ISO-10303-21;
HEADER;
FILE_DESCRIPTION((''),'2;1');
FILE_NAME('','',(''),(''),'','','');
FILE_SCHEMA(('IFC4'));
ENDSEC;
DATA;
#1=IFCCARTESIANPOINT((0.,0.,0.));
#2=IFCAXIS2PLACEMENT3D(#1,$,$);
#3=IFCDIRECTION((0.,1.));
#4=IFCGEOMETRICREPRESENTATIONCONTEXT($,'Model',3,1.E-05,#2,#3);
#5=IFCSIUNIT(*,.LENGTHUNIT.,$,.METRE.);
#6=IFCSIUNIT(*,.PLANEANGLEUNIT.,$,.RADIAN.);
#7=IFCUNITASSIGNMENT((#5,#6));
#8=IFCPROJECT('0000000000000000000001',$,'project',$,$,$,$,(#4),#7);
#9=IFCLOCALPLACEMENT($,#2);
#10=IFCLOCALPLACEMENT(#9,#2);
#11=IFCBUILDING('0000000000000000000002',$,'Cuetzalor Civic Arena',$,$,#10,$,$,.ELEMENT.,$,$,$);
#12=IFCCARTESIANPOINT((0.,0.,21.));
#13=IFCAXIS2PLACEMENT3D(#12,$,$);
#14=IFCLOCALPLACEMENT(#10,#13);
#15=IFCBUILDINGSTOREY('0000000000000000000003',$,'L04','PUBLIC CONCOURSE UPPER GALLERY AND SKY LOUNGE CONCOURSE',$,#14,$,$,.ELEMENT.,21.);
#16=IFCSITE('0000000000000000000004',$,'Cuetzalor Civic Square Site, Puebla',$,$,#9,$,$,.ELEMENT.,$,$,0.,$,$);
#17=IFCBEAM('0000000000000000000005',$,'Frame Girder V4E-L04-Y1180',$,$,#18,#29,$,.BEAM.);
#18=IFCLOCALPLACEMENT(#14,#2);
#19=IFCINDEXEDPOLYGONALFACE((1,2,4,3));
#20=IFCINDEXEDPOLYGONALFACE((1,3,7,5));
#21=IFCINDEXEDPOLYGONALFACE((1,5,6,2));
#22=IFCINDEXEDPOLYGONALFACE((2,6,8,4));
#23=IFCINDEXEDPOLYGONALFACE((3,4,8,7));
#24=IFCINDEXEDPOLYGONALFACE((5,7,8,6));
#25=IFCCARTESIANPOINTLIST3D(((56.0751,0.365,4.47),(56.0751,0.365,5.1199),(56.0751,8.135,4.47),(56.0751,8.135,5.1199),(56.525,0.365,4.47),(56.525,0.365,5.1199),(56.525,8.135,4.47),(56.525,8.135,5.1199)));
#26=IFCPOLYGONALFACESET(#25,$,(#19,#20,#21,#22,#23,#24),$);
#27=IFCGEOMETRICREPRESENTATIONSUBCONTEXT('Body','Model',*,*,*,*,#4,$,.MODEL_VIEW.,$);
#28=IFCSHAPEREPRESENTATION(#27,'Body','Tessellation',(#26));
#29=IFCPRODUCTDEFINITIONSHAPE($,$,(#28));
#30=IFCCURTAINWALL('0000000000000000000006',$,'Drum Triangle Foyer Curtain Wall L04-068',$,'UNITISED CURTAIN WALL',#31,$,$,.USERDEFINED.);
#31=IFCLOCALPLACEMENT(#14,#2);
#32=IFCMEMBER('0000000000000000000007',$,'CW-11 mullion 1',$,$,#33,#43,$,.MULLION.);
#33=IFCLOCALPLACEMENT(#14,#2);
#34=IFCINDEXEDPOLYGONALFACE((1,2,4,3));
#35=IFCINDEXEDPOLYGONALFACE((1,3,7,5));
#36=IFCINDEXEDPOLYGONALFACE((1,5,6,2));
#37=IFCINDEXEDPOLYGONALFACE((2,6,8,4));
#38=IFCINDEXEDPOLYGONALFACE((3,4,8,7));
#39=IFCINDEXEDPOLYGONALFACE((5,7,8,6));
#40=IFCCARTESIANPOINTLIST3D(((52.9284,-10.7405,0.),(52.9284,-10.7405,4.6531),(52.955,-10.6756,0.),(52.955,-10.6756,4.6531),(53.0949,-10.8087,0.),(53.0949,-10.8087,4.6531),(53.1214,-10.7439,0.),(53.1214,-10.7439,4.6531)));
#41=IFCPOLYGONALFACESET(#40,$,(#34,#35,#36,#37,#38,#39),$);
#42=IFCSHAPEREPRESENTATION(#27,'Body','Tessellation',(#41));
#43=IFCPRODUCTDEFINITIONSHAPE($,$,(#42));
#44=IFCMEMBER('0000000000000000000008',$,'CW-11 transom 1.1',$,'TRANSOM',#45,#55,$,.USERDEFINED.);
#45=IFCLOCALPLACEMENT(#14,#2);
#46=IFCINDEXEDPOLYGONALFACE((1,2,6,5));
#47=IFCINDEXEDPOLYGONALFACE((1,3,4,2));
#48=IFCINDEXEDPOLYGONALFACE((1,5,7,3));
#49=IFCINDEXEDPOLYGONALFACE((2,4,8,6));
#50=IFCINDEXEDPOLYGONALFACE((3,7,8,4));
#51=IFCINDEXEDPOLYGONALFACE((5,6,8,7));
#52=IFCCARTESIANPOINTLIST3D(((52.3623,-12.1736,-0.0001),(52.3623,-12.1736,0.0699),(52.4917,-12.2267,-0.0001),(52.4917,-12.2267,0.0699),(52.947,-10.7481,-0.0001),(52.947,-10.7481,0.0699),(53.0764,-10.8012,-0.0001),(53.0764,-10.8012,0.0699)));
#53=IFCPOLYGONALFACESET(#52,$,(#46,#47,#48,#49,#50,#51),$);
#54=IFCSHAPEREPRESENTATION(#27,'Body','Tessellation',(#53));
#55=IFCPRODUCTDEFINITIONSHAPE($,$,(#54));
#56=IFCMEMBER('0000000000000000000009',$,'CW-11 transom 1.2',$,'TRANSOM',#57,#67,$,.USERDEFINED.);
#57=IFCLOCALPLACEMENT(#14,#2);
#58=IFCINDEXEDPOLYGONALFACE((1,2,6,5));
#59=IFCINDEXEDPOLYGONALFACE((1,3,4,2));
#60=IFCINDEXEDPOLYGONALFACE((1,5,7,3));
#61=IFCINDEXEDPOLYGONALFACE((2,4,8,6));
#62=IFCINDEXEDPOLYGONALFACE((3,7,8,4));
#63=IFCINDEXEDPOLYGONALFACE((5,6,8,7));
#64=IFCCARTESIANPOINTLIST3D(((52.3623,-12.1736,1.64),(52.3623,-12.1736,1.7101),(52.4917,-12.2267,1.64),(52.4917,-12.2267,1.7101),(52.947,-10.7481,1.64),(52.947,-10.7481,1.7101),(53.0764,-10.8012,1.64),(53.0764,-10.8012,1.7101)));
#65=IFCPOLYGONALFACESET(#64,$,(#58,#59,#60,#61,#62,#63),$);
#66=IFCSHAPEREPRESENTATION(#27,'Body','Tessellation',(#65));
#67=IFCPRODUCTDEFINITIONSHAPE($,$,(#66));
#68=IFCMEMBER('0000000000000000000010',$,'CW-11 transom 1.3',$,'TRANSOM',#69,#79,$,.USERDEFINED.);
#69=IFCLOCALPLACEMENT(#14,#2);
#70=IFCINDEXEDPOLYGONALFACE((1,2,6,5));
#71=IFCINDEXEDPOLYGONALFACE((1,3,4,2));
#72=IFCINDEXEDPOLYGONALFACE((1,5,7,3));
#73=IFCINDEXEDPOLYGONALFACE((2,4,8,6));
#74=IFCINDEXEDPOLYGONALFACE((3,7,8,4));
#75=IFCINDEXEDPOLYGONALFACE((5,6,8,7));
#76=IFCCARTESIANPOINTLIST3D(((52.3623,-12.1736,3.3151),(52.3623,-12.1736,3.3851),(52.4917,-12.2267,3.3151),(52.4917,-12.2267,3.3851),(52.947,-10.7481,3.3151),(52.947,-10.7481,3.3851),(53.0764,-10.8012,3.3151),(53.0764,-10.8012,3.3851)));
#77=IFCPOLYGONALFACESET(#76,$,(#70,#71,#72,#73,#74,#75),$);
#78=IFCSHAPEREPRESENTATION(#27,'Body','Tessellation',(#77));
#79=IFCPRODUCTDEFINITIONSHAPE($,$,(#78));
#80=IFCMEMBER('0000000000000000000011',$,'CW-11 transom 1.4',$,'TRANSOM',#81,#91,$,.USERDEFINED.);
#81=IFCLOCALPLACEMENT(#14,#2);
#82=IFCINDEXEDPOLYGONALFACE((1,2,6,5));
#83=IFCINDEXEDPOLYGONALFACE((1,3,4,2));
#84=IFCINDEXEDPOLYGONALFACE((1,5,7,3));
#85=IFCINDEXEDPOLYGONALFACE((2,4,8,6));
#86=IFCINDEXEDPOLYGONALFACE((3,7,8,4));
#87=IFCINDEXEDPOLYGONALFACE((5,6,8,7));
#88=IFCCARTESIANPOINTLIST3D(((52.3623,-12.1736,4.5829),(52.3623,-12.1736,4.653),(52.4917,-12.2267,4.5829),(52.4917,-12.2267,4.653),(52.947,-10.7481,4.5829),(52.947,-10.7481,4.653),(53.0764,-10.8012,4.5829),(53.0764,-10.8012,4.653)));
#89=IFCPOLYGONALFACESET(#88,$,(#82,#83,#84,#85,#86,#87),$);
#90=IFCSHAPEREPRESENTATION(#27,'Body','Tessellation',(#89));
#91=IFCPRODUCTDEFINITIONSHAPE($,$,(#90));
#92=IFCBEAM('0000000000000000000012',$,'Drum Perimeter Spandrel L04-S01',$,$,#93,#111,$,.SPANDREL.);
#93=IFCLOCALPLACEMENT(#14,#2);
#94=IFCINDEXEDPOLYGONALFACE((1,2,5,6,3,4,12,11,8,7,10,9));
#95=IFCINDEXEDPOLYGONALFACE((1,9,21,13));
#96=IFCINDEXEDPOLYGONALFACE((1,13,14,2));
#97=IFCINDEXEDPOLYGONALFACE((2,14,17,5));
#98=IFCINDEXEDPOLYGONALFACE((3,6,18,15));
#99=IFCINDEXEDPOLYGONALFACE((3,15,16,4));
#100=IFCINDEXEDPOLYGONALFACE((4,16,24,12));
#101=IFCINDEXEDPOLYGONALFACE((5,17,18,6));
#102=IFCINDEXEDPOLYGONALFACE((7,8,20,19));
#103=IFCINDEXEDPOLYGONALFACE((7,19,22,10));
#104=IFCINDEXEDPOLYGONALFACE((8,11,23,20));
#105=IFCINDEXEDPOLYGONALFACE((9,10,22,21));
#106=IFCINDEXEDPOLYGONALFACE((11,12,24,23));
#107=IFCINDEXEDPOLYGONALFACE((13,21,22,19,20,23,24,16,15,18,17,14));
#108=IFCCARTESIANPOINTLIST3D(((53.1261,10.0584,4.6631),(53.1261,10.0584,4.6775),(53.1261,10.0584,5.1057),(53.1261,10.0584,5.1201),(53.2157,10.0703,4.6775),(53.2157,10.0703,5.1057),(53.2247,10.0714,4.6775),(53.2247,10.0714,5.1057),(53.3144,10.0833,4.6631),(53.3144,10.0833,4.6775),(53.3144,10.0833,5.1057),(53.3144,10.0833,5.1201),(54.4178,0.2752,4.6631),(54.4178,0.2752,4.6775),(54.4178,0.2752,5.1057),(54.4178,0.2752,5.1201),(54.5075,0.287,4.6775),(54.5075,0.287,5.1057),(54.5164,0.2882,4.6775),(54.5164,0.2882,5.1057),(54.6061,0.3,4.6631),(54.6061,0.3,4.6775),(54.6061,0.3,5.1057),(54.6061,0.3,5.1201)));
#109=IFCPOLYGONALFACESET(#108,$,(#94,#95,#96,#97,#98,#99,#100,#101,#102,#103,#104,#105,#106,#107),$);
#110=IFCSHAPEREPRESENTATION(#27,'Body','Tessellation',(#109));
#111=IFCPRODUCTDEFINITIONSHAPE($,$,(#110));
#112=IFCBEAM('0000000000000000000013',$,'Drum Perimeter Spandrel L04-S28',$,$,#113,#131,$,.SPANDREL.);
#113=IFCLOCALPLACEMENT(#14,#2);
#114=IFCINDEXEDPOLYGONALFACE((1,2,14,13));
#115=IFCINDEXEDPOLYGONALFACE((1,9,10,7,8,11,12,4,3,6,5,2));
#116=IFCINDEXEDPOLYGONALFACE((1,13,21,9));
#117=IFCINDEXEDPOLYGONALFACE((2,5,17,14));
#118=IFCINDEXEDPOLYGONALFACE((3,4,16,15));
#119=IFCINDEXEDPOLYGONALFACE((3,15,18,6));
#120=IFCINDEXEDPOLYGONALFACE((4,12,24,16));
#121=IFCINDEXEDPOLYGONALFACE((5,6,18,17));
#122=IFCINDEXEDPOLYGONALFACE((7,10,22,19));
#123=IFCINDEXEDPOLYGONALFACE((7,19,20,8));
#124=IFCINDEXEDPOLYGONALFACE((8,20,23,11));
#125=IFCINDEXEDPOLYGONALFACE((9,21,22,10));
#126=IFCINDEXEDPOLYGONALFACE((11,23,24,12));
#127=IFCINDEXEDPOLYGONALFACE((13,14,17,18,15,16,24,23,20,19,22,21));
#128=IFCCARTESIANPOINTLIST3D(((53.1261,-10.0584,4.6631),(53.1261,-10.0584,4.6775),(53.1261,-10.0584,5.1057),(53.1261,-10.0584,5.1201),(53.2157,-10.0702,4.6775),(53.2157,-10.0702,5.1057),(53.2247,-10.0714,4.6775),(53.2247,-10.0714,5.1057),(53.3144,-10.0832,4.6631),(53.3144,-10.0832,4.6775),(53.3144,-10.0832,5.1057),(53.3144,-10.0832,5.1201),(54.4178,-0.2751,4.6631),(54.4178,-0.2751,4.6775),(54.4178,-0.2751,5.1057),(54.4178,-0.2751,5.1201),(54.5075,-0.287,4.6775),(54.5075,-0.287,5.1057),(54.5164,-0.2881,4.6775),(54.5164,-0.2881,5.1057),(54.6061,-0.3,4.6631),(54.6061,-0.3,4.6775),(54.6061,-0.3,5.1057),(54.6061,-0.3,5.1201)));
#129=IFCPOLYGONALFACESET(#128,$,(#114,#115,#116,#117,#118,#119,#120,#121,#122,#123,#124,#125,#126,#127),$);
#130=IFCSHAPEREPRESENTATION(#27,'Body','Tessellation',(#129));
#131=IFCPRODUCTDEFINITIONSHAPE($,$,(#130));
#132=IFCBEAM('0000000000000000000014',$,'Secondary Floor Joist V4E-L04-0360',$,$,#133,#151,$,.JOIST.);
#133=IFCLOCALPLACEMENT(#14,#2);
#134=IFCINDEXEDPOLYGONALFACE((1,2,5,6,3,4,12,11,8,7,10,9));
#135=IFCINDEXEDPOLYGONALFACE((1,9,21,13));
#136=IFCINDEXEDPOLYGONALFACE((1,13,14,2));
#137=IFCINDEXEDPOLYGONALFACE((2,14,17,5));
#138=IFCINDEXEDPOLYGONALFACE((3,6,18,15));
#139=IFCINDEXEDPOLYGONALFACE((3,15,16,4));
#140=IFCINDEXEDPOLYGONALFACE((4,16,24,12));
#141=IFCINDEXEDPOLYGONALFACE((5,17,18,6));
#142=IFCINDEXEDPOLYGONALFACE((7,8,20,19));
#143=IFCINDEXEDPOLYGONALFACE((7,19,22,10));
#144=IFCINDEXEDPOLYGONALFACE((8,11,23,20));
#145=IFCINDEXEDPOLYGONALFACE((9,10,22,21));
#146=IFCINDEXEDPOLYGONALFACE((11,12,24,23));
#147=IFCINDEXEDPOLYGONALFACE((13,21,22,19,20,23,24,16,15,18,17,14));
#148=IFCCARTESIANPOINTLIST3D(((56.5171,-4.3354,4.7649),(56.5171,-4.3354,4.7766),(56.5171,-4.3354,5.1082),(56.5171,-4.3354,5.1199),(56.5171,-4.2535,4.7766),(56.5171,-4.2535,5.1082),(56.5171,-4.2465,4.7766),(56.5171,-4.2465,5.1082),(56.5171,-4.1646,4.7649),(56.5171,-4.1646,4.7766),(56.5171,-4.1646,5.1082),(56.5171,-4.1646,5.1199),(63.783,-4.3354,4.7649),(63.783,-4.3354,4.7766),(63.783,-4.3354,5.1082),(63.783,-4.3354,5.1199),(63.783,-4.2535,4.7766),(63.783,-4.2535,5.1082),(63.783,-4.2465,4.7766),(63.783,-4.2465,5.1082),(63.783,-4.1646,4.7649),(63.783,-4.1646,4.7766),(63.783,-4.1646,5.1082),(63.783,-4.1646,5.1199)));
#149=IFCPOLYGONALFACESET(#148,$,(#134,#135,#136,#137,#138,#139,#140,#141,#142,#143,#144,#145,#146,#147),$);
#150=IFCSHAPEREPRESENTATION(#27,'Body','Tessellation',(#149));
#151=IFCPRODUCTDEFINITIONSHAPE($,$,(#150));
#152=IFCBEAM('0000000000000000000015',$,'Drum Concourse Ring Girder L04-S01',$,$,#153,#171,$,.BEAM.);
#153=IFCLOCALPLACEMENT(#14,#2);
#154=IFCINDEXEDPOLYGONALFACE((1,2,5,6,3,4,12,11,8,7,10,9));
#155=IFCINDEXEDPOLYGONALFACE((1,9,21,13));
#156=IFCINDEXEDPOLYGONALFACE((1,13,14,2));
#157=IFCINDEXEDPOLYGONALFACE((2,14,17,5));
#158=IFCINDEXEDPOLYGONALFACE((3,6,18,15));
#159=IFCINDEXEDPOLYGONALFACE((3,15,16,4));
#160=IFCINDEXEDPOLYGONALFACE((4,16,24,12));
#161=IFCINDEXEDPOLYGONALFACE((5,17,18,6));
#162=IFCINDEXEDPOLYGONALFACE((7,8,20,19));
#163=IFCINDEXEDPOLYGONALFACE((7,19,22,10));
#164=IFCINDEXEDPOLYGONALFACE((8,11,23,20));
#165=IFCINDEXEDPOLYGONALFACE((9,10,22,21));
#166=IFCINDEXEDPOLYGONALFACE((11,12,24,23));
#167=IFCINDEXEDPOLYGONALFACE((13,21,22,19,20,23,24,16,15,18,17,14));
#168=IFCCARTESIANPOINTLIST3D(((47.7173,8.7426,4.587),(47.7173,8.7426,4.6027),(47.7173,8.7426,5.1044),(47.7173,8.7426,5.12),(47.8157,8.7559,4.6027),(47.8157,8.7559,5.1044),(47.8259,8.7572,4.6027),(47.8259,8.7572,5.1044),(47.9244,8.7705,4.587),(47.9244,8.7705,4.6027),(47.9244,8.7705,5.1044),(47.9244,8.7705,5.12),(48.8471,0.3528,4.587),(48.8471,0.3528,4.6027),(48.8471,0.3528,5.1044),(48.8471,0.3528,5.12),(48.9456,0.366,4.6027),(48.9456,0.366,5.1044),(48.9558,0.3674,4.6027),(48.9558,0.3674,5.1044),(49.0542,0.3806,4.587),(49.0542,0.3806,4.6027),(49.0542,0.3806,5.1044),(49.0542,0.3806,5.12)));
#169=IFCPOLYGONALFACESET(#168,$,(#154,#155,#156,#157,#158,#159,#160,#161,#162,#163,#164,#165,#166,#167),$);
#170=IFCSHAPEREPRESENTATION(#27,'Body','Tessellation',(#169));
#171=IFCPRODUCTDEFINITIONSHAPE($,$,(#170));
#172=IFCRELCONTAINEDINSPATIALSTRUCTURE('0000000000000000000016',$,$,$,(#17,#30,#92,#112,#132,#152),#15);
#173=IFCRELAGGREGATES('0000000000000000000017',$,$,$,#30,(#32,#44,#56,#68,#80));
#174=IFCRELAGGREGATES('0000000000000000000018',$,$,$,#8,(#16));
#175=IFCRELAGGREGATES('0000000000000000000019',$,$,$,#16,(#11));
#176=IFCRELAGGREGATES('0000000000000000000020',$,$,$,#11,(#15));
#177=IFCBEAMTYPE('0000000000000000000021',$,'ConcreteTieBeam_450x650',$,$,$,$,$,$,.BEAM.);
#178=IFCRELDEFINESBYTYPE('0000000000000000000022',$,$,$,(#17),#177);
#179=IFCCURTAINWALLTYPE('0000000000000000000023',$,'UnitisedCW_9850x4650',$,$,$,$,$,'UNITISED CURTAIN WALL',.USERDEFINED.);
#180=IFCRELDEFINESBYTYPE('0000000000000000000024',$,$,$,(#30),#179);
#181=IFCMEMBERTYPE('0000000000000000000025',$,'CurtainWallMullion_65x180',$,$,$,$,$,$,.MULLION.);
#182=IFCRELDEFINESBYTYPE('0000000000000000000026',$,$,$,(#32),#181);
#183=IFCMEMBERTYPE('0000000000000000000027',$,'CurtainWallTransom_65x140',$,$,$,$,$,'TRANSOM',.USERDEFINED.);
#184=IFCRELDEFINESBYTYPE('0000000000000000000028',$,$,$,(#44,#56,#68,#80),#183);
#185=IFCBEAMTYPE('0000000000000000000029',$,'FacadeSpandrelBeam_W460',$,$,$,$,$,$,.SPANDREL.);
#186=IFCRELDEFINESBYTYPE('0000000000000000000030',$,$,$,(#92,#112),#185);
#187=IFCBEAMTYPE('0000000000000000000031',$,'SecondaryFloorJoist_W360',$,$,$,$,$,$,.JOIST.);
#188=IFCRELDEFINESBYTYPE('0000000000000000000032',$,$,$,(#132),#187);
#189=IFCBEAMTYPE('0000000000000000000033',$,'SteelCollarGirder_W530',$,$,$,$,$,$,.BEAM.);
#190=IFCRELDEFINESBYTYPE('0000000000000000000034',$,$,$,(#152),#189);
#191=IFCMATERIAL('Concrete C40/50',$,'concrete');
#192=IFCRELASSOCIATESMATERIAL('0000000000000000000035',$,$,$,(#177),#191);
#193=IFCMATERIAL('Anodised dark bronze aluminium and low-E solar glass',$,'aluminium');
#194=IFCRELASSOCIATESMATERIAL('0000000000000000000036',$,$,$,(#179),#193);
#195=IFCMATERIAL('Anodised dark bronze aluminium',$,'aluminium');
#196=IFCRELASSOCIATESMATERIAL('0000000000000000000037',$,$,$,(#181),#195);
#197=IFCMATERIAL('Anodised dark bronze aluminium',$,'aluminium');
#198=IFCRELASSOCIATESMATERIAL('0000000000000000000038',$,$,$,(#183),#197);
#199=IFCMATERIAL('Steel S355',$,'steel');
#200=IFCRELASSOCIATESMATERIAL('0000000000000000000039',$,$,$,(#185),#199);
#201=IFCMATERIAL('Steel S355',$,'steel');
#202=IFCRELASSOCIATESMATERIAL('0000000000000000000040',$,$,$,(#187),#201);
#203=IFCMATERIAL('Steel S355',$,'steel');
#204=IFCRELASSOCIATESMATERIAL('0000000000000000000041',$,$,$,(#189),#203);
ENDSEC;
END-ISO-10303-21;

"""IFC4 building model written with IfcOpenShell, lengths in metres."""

from ifc_helpers import new_model, si_unit, direction, frame, origin, origin_2d, place, context, subcontext, project, spatial, rectangle, i_section, extrude, material, material_profile, profile_set, type_object, element, aggregate, save


model = new_model("IFC4")

# Units and contexts
model_context = context("Model", 3, precision=1e-05, world=origin(), true_north=direction((0.0, 1.0)))
body_context = subcontext(model_context, "Body", "Model", "MODEL_VIEW")
ifc_project = project(units=[si_unit("LENGTHUNIT", "METRE"), si_unit("PLANEANGLEUNIT", "RADIAN")], contexts=[model_context])

# Site, building, storey
site_placement = place(None, origin())
site = spatial("IfcSite", under=ifc_project, at=site_placement, Name="Cuetzalor Civic Square Site, Puebla", CompositionType="ELEMENT", RefElevation=0.0)
building_placement = place(site_placement, origin())
building = spatial("IfcBuilding", under=site, at=building_placement, Name="Cuetzalor Civic Arena", CompositionType="ELEMENT")
storey_placement = place(building_placement, frame((0.0, 0.0, 21.0)))
storey = spatial("IfcBuildingStorey", under=building, at=storey_placement, Name="L04", Description="PUBLIC CONCOURSE UPPER GALLERY AND SKY LOUNGE CONCOURSE", CompositionType="ELEMENT", Elevation=21.0)

# Beam
ifc_material_1 = material(Name="Concrete C40/50", Category="concrete")
ifc_material_profile_1 = material_profile(ifc_material_1, rectangle(XDim=0.45, YDim=0.6499, at=origin_2d()), Name="RC 450x650")
ifc_profile_set_1 = profile_set([ifc_material_profile_1], Name="Concrete C40/50")
beam_type_1 = type_object("IfcBeamType", Name="ConcreteTieBeam_450x650", PredefinedType="BEAM", material=ifc_profile_set_1)
for number, where, z_axis, x_axis, name in (
    (1, (56.3, 0.365, 4.7949), (0.0, 1.0, 0.0), (-1.0, 0.0, 0.0), "Frame Girder V4E-L04-Y1180"),
):
    element("IfcBeam", number, at=place(storey_placement, frame(where, z_axis=z_axis, x_axis=x_axis)), inside=storey, type_object=beam_type_1, Name=name, PredefinedType="BEAM", context=body_context, shape_type="SweptSolid", body=[
        extrude(rectangle(XDim=0.45, YDim=0.6499, at=origin_2d()), origin(), (0.0, 0.0, 1.0), 7.77),
    ])

# Curtain wall, members
ifc_material_2 = material(Name="Anodised dark bronze aluminium and low-E solar glass", Category="aluminium")
curtain_wall_type = type_object("IfcCurtainWallType", Name="UnitisedCW_9850x4650", ElementType="UNITISED CURTAIN WALL", PredefinedType="USERDEFINED", material=ifc_material_2)
curtain_wall_placement = place(storey_placement, origin())
curtain_wall = element("IfcCurtainWall", 2, at=curtain_wall_placement, inside=storey, type_object=curtain_wall_type, Name="Drum Triangle Foyer Curtain Wall L04-068", ObjectType="UNITISED CURTAIN WALL", PredefinedType="USERDEFINED")
ifc_material_3 = material(Name="Anodised dark bronze aluminium", Category="aluminium")
ifc_material_profile_2 = material_profile(ifc_material_3, rectangle(XDim=0.0701, YDim=0.1799, at=origin_2d()), Name="ALU MULLION 70x180")
ifc_profile_set_2 = profile_set([ifc_material_profile_2], Name="Anodised dark bronze aluminium")
member_type_1 = type_object("IfcMemberType", Name="CurtainWallMullion_65x180", PredefinedType="MULLION", material=ifc_profile_set_2)
member_1_placement = place(storey_placement, frame((53.0249, -10.7422, 0.0), z_axis=(0.0, 0.0, 1.0), x_axis=(-0.379391, -0.925236, 0.0)))
member_1 = element("IfcMember", 3, at=member_1_placement, type_object=member_type_1, Name="CW-11 mullion 1", PredefinedType="MULLION", context=body_context, shape_type="SweptSolid", body=[
    extrude(rectangle(XDim=0.0701, YDim=0.1799, at=origin_2d()), origin(), (0.0, 0.0, 1.0), 4.6531),
])
ifc_material_4 = material(Name="Anodised dark bronze aluminium", Category="aluminium")
ifc_material_profile_3 = material_profile(ifc_material_4, rectangle(XDim=0.1399, YDim=0.0701, at=origin_2d()), Name="ALU TRANSOM 70x140")
ifc_profile_set_3 = profile_set([ifc_material_profile_3], Name="Anodised dark bronze aluminium")
member_type_2 = type_object("IfcMemberType", Name="CurtainWallTransom_65x140", ElementType="TRANSOM", PredefinedType="USERDEFINED", material=ifc_profile_set_3)
member_2_placement = place(storey_placement, frame((53.0117, -10.7747, 0.0349), z_axis=(-0.37949, -0.925196, 0.0), x_axis=(0.925196, -0.37949, 0.0)))
member_2 = element("IfcMember", 4, at=member_2_placement, type_object=member_type_2, Name="CW-11 transom 1.1", ObjectType="TRANSOM", PredefinedType="USERDEFINED", context=body_context, shape_type="SweptSolid", body=[
    extrude(rectangle(XDim=0.1399, YDim=0.0701, at=origin_2d()), origin(), (0.0, 0.0, 1.0), 1.5408),
])
member_3_placement = place(storey_placement, frame((53.0117, -10.7747, 1.675), z_axis=(-0.37949, -0.925196, 0.0), x_axis=(0.925196, -0.37949, 0.0)))
member_3 = element("IfcMember", 5, at=member_3_placement, type_object=member_type_2, Name="CW-11 transom 1.2", ObjectType="TRANSOM", PredefinedType="USERDEFINED", context=body_context, shape_type="SweptSolid", body=[
    extrude(rectangle(XDim=0.1399, YDim=0.0701, at=origin_2d()), origin(), (0.0, 0.0, 1.0), 1.5408),
])
member_4_placement = place(storey_placement, frame((53.0117, -10.7747, 3.3501), z_axis=(-0.37949, -0.925196, 0.0), x_axis=(0.925196, -0.37949, 0.0)))
member_4 = element("IfcMember", 6, at=member_4_placement, type_object=member_type_2, Name="CW-11 transom 1.3", ObjectType="TRANSOM", PredefinedType="USERDEFINED", context=body_context, shape_type="SweptSolid", body=[
    extrude(rectangle(XDim=0.1399, YDim=0.0701, at=origin_2d()), origin(), (0.0, 0.0, 1.0), 1.5408),
])
member_5_placement = place(storey_placement, frame((53.0117, -10.7747, 4.6179), z_axis=(-0.37949, -0.925196, 0.0), x_axis=(0.925196, -0.37949, 0.0)))
member_5 = element("IfcMember", 7, at=member_5_placement, type_object=member_type_2, Name="CW-11 transom 1.4", ObjectType="TRANSOM", PredefinedType="USERDEFINED", context=body_context, shape_type="SweptSolid", body=[
    extrude(rectangle(XDim=0.1399, YDim=0.0701, at=origin_2d()), origin(), (0.0, 0.0, 1.0), 1.5408),
])
aggregate(curtain_wall, [member_1, member_2, member_3, member_4, member_5])

# Beams
ifc_material_5 = material(Name="Steel S355", Category="steel")
ifc_material_profile_4 = material_profile(ifc_material_5, i_section(OverallWidth=0.1899, OverallDepth=0.457, WebThickness=0.009, FlangeThickness=0.0144, at=origin_2d()), Name="W460x74")
ifc_profile_set_4 = profile_set([ifc_material_profile_4], Name="Steel S355")
beam_type_2 = type_object("IfcBeamType", Name="FacadeSpandrelBeam_W460", PredefinedType="SPANDREL", material=ifc_profile_set_4)
for number, where, z_axis, x_axis, name in (
    (8, (54.512, 0.2876, 4.8916), (-0.130901, 0.991395, 0.0), (-0.991395, -0.130901, 0.0), "Drum Perimeter Spandrel L04-S01"),
    (9, (53.2202, -10.0708, 4.8916), (0.130901, 0.991395, 0.0), (-0.991395, 0.130901, 0.0), "Drum Perimeter Spandrel L04-S28"),
):
    element("IfcBeam", number, at=place(storey_placement, frame(where, z_axis=z_axis, x_axis=x_axis)), inside=storey, type_object=beam_type_2, Name=name, PredefinedType="SPANDREL", context=body_context, shape_type="SweptSolid", body=[
        extrude(i_section(OverallWidth=0.1899, OverallDepth=0.457, WebThickness=0.009, FlangeThickness=0.0144, at=origin_2d()), origin(), (0.0, 0.0, 1.0), 9.8682),
    ])
ifc_material_6 = material(Name="Steel S355", Category="steel")
ifc_material_profile_5 = material_profile(ifc_material_6, i_section(OverallWidth=0.1709, OverallDepth=0.355, WebThickness=0.0071, FlangeThickness=0.0117, at=origin_2d()), Name="W360x51")
ifc_profile_set_5 = profile_set([ifc_material_profile_5], Name="Steel S355")
beam_type_3 = type_object("IfcBeamType", Name="SecondaryFloorJoist_W360", PredefinedType="JOIST", material=ifc_profile_set_5)
beam_1_placement = place(storey_placement, frame((56.5171, -4.25, 4.9424), z_axis=(1.0, 0.0, 0.0), x_axis=(0.0, 1.0, 0.0)))
element("IfcBeam", 10, at=beam_1_placement, inside=storey, type_object=beam_type_3, Name="Secondary Floor Joist V4E-L04-0360", PredefinedType="JOIST", context=body_context, shape_type="SweptSolid", body=[
    extrude(i_section(OverallWidth=0.1709, OverallDepth=0.355, WebThickness=0.0071, FlangeThickness=0.0117, at=origin_2d()), origin(), (0.0, 0.0, 1.0), 7.2659),
])
ifc_material_7 = material(Name="Steel S355", Category="steel")
ifc_material_profile_6 = material_profile(ifc_material_7, i_section(OverallWidth=0.209, OverallDepth=0.533, WebThickness=0.0103, FlangeThickness=0.0156, at=origin_2d()), Name="W530x92")
ifc_profile_set_6 = profile_set([ifc_material_profile_6], Name="Steel S355")
beam_type_4 = type_object("IfcBeamType", Name="SteelCollarGirder_W530", PredefinedType="BEAM", material=ifc_profile_set_6)
beam_2_placement = place(storey_placement, frame((48.9507, 0.3667, 4.8535), z_axis=(-0.133467, 0.991053, 0.0), x_axis=(-0.991053, -0.133467, 0.0)))
element("IfcBeam", 11, at=beam_2_placement, inside=storey, type_object=beam_type_4, Name="Drum Concourse Ring Girder L04-S01", PredefinedType="BEAM", context=body_context, shape_type="SweptSolid", body=[
    extrude(i_section(OverallWidth=0.209, OverallDepth=0.533, WebThickness=0.0103, FlangeThickness=0.0156, at=origin_2d()), origin(), (0.0, 0.0, 1.0), 8.4656),
])

save(model, "model.ifc")
